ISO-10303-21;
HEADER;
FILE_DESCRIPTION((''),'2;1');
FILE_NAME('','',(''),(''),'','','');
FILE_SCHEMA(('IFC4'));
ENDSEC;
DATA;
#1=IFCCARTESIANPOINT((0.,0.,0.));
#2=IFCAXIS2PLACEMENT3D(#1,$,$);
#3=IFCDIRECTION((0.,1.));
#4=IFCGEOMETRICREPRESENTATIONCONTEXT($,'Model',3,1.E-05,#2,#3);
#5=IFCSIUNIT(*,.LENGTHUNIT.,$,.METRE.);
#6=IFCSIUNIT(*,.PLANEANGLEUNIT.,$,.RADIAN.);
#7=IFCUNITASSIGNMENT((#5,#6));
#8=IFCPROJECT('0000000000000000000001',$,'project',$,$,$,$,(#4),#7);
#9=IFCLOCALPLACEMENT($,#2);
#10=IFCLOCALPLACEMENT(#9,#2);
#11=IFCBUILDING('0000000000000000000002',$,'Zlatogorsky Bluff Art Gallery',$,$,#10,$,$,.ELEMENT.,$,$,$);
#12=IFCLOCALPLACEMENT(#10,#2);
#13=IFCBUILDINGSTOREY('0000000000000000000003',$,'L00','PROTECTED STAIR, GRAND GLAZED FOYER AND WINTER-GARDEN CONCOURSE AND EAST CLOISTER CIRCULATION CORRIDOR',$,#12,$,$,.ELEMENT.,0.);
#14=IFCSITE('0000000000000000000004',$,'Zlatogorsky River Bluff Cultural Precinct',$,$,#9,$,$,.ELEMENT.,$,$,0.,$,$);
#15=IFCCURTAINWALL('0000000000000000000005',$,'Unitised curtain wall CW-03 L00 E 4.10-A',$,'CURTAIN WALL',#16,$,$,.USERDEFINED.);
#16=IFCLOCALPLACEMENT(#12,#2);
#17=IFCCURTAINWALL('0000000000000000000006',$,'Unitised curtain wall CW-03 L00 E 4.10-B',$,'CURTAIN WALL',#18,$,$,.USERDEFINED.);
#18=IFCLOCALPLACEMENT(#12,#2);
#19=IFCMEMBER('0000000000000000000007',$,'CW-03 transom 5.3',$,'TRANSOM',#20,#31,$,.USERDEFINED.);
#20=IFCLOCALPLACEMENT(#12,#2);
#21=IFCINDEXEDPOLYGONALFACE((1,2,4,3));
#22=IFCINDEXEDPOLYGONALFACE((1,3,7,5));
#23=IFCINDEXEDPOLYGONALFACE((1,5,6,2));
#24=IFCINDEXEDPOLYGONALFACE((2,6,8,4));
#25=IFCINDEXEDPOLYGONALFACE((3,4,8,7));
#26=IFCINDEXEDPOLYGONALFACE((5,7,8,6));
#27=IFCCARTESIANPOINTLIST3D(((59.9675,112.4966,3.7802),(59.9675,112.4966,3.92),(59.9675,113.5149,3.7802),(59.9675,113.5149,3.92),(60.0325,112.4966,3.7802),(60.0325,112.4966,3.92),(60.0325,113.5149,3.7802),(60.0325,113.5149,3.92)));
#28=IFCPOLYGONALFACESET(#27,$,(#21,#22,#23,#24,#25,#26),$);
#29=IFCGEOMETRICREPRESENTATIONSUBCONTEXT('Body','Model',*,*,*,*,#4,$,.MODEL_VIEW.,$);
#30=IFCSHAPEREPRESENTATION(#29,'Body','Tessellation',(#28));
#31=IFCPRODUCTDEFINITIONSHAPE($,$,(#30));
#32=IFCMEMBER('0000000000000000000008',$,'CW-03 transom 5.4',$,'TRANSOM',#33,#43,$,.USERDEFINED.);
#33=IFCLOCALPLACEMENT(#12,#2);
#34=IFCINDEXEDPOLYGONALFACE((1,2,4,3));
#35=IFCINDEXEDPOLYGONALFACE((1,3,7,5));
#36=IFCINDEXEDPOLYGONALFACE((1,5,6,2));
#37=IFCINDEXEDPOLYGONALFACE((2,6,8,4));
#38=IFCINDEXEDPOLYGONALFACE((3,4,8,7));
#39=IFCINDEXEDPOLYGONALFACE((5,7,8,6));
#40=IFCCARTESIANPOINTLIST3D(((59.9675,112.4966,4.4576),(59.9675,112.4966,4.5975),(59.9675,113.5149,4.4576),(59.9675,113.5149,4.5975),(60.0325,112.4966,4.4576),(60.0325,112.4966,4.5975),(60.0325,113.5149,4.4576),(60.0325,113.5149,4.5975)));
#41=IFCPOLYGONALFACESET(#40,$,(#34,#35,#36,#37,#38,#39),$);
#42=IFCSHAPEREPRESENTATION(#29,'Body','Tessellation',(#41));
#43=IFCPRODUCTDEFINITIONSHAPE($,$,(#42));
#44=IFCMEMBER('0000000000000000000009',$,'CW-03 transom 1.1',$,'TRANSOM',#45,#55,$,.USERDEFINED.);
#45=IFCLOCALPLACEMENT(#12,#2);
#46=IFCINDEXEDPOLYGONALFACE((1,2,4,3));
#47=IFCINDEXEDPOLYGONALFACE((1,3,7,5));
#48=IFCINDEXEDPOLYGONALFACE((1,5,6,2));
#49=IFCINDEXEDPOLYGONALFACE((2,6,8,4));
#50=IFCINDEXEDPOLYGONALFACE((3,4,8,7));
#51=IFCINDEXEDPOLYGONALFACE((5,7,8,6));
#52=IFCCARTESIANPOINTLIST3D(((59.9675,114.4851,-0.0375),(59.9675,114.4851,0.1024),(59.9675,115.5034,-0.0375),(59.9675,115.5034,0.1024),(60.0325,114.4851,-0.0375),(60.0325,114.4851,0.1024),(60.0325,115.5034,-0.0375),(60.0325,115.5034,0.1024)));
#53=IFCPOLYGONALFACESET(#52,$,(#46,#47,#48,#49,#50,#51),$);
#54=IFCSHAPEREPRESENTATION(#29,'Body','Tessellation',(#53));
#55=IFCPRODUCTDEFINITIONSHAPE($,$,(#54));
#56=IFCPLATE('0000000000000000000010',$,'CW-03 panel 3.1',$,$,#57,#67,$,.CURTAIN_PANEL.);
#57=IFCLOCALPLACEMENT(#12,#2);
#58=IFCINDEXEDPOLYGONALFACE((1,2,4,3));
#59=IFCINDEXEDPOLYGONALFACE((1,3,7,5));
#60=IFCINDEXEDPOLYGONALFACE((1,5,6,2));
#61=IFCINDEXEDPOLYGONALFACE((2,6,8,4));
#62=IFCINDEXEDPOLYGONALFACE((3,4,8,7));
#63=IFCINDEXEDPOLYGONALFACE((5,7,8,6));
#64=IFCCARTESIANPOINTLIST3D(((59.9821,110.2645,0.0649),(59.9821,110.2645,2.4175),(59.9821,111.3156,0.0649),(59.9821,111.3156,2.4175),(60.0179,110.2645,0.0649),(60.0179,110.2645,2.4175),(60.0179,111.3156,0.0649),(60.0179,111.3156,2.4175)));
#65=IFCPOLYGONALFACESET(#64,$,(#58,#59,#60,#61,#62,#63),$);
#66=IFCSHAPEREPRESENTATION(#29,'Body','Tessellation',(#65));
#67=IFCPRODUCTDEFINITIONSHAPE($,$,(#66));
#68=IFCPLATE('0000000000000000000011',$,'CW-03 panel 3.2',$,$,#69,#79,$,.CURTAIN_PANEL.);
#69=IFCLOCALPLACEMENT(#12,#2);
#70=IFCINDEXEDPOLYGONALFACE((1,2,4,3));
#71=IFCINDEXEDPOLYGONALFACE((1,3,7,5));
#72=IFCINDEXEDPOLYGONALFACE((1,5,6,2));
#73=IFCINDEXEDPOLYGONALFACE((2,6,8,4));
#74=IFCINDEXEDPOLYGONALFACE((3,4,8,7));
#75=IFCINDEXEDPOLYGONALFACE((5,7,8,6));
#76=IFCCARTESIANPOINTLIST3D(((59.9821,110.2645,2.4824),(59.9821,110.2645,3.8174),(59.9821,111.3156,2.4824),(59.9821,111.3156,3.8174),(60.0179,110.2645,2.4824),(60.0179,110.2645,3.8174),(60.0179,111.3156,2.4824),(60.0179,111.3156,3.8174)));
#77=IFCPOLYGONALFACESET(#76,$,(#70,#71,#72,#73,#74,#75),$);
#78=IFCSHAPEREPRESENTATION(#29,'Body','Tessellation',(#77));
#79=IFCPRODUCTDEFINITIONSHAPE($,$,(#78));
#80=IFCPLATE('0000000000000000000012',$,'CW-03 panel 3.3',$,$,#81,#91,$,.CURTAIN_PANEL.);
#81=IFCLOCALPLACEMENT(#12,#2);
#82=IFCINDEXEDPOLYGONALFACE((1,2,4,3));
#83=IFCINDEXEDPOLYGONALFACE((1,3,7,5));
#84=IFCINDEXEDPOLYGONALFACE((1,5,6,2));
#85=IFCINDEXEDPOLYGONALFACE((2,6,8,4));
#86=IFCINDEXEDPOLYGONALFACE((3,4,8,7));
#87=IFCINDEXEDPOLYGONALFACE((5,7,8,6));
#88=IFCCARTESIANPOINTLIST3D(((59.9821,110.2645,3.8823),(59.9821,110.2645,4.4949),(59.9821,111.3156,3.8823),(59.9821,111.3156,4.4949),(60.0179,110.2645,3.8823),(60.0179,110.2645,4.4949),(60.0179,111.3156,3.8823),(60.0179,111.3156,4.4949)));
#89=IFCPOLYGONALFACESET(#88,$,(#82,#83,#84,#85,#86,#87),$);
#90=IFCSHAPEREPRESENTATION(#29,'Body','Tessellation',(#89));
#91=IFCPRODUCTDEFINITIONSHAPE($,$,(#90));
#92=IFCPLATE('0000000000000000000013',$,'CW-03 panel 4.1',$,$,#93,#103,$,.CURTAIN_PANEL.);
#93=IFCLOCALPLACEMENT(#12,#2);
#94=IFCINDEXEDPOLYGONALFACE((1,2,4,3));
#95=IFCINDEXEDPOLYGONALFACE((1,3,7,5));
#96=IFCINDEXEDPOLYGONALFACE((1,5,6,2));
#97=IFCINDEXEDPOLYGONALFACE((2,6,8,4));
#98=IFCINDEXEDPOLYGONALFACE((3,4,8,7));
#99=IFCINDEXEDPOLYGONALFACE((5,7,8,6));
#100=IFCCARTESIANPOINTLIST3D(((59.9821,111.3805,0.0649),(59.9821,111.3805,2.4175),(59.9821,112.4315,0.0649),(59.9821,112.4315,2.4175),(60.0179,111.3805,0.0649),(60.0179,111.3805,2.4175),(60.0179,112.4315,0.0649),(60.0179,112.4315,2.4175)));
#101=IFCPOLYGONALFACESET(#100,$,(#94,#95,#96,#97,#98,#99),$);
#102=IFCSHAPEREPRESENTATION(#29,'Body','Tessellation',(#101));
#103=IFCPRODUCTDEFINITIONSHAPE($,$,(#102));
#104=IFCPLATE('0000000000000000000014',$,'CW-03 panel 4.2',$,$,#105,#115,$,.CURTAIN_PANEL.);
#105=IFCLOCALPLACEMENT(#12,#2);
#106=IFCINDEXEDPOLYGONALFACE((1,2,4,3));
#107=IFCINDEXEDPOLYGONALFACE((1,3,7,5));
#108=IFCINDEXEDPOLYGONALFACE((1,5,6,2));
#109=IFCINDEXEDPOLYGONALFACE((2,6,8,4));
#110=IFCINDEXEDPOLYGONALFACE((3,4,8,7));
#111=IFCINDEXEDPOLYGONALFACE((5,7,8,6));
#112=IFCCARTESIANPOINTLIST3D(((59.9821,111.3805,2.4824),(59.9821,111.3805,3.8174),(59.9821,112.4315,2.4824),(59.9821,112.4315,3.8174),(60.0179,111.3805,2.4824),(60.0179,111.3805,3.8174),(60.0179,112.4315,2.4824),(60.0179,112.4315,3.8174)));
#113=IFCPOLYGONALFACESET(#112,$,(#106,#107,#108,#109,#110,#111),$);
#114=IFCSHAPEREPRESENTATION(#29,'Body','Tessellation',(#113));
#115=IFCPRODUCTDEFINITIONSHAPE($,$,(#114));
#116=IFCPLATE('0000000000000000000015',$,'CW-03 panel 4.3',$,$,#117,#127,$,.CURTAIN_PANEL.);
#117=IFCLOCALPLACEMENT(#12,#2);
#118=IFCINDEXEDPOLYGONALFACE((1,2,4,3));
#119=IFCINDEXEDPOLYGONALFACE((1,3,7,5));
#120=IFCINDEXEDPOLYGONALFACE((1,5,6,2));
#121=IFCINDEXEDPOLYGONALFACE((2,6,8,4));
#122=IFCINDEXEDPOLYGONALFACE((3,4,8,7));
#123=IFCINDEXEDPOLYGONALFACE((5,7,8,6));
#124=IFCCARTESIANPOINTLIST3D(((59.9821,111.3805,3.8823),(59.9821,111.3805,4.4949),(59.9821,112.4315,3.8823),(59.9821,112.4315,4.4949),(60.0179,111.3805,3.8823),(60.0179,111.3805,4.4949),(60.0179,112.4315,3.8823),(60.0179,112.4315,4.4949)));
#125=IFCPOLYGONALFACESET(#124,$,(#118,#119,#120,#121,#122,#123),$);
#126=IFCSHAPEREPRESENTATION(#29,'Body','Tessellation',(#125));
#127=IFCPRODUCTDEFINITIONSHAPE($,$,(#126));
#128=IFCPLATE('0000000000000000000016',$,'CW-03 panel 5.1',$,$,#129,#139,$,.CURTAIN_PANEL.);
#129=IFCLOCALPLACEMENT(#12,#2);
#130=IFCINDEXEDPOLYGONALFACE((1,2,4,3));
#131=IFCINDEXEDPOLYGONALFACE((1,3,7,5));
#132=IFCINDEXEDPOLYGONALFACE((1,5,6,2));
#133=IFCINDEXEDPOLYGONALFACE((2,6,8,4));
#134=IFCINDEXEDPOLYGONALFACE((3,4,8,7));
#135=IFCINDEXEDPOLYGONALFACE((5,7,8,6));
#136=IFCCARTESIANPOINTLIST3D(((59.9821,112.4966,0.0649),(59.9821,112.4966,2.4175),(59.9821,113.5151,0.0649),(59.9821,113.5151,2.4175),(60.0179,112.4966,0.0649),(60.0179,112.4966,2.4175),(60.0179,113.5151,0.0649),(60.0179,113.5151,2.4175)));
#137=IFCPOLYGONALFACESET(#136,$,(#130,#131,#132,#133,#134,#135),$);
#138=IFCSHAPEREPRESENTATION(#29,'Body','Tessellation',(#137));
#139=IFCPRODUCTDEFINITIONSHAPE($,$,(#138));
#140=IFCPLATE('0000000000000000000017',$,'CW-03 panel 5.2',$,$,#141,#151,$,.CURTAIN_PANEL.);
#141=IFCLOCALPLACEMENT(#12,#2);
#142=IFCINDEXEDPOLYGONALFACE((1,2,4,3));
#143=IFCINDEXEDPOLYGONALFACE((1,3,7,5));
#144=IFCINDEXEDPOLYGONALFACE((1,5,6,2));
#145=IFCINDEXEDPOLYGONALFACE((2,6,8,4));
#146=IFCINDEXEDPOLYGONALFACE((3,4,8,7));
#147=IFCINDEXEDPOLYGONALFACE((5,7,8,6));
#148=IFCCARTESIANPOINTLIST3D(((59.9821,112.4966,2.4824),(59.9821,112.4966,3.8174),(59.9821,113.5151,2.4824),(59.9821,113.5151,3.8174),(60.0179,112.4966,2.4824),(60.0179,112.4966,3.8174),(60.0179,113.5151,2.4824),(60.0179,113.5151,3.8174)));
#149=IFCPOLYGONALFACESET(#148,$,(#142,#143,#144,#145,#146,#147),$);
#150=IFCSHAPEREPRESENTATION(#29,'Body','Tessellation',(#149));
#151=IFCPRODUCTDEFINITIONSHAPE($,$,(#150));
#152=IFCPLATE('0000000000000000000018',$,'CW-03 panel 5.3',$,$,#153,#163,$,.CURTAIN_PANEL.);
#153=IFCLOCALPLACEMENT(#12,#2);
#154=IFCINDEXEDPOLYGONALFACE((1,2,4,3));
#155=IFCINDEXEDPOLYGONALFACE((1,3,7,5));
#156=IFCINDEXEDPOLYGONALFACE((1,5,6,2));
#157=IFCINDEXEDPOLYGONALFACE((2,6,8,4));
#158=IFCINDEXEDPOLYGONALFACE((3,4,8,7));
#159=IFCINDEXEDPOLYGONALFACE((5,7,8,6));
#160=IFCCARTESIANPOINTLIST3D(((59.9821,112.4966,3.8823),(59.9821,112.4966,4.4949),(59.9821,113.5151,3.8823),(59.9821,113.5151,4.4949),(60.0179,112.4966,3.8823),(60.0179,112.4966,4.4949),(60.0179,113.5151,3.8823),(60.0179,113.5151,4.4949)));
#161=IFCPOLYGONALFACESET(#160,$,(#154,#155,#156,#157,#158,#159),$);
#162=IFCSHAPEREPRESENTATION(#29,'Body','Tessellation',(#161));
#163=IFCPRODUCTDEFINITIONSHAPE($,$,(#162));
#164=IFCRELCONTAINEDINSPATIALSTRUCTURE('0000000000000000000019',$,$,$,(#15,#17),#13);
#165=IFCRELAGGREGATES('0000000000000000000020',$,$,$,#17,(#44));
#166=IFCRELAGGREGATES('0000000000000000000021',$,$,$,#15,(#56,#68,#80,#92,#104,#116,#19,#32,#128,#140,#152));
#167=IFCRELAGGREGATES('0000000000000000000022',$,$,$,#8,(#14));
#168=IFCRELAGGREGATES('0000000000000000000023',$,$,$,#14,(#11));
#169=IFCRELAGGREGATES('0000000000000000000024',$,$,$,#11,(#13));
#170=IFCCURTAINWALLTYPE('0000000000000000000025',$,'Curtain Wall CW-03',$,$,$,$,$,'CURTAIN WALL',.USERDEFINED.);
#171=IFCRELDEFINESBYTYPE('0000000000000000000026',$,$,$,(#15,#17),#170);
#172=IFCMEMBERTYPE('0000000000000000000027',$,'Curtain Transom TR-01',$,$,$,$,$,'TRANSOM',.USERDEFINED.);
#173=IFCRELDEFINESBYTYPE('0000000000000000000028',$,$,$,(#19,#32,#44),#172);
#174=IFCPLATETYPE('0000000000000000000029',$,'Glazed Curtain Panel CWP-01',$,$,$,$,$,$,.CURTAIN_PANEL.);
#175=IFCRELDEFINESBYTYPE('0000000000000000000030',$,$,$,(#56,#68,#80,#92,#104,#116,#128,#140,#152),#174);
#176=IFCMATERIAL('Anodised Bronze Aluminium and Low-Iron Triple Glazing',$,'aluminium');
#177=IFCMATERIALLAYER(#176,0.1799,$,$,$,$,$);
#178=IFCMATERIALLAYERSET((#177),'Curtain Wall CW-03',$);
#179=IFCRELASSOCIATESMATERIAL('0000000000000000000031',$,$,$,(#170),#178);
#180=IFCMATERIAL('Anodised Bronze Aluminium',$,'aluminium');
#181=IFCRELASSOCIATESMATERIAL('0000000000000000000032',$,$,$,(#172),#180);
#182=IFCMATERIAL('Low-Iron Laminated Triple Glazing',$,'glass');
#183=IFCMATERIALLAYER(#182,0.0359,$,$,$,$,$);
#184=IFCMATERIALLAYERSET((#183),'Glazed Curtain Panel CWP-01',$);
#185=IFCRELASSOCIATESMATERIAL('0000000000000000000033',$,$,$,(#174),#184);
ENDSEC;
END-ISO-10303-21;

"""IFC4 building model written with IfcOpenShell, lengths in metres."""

from ifc_helpers import new_model, si_unit, direction, frame, origin, origin_2d, place, context, subcontext, project, spatial, rectangle, extrude, material, layer, layer_set, material_profile, profile_set, type_object, element, aggregate, save


model = new_model("IFC4")

# Units and contexts
model_context = context("Model", 3, precision=1e-05, world=origin(), true_north=direction((0.0, 1.0)))
body_context = subcontext(model_context, "Body", "Model", "MODEL_VIEW")
ifc_project = project(units=[si_unit("LENGTHUNIT", "METRE"), si_unit("PLANEANGLEUNIT", "RADIAN")], contexts=[model_context])

# Site, building, storey
site_placement = place(None, origin())
site = spatial("IfcSite", under=ifc_project, at=site_placement, Name="Zlatogorsky River Bluff Cultural Precinct", CompositionType="ELEMENT", RefElevation=0.0)
building_placement = place(site_placement, origin())
building = spatial("IfcBuilding", under=site, at=building_placement, Name="Zlatogorsky Bluff Art Gallery", CompositionType="ELEMENT")
storey_placement = place(building_placement, origin())
storey = spatial("IfcBuildingStorey", under=building, at=storey_placement, Name="L00", Description="PROTECTED STAIR, GRAND GLAZED FOYER AND WINTER-GARDEN CONCOURSE AND EAST CLOISTER CIRCULATION CORRIDOR", CompositionType="ELEMENT", Elevation=0.0)

# Curtain wall
ifc_material_1 = material(Name="Anodised Bronze Aluminium and Low-Iron Triple Glazing", Category="aluminium")
ifc_layer_1 = layer(ifc_material_1, 0.1799)
ifc_layer_set_1 = layer_set([ifc_layer_1], Name="Curtain Wall CW-03")
curtain_wall_type = type_object("IfcCurtainWallType", Name="Curtain Wall CW-03", ElementType="CURTAIN WALL", PredefinedType="USERDEFINED", material=ifc_layer_set_1)
curtain_wall_1_placement = place(storey_placement, origin())
curtain_wall_1 = element("IfcCurtainWall", 1, at=curtain_wall_1_placement, inside=storey, type_object=curtain_wall_type, Name="Unitised curtain wall CW-03 L00 E 4.10-A", ObjectType="CURTAIN WALL", PredefinedType="USERDEFINED")
ifc_material_2 = material(Name="Anodised Bronze Aluminium", Category="aluminium")

# Curtain wall
curtain_wall_2_placement = place(storey_placement, origin())
curtain_wall_2 = element("IfcCurtainWall", 2, at=curtain_wall_2_placement, inside=storey, type_object=curtain_wall_type, Name="Unitised curtain wall CW-03 L00 E 4.10-B", ObjectType="CURTAIN WALL", PredefinedType="USERDEFINED")

# Members
ifc_material_profile_1 = material_profile(ifc_material_2, rectangle(XDim=0.0649, YDim=0.1399, at=origin_2d()), Name="ALU TRANSOM 65x140")
ifc_profile_set_1 = profile_set([ifc_material_profile_1], Name="Anodised Bronze Aluminium")
member_type_1 = type_object("IfcMemberType", Name="Curtain Transom TR-01", ElementType="TRANSOM", PredefinedType="USERDEFINED", material=ifc_profile_set_1)
member_1_placement = place(storey_placement, frame((60.0, 112.4966, 3.8501), z_axis=(0.0, 1.0, 0.0), x_axis=(-1.0, 0.0, 0.0)))
member_1 = element("IfcMember", 3, at=member_1_placement, type_object=member_type_1, Name="CW-03 transom 5.3", ObjectType="TRANSOM", PredefinedType="USERDEFINED", context=body_context, shape_type="SweptSolid", body=[
    extrude(rectangle(XDim=0.0649, YDim=0.1399, at=origin_2d()), origin(), (0.0, 0.0, 1.0), 1.0183),
])
member_2_placement = place(storey_placement, frame((60.0, 112.4966, 4.5276), z_axis=(0.0, 1.0, 0.0), x_axis=(-1.0, 0.0, 0.0)))
member_2 = element("IfcMember", 4, at=member_2_placement, type_object=member_type_1, Name="CW-03 transom 5.4", ObjectType="TRANSOM", PredefinedType="USERDEFINED", context=body_context, shape_type="SweptSolid", body=[
    extrude(rectangle(XDim=0.0649, YDim=0.1399, at=origin_2d()), origin(), (0.0, 0.0, 1.0), 1.0183),
])
member_3_placement = place(storey_placement, frame((60.0, 114.4851, 0.0325), z_axis=(0.0, 1.0, 0.0), x_axis=(-1.0, 0.0, 0.0)))
member_3 = element("IfcMember", 5, at=member_3_placement, type_object=member_type_1, Name="CW-03 transom 1.1", ObjectType="TRANSOM", PredefinedType="USERDEFINED", context=body_context, shape_type="SweptSolid", body=[
    extrude(rectangle(XDim=0.0649, YDim=0.1399, at=origin_2d()), origin(), (0.0, 0.0, 1.0), 1.0183),
])
aggregate(curtain_wall_2, [member_3])

# Plates
ifc_material_3 = material(Name="Low-Iron Laminated Triple Glazing", Category="glass")
ifc_layer_2 = layer(ifc_material_3, 0.0359)
ifc_layer_set_2 = layer_set([ifc_layer_2], Name="Glazed Curtain Panel CWP-01")
plate_type = type_object("IfcPlateType", Name="Glazed Curtain Panel CWP-01", PredefinedType="CURTAIN_PANEL", material=ifc_layer_set_2)
plate_1_placement = place(storey_placement, frame((60.0, 110.79, 0.0649), z_axis=(0.0, 0.0, 1.0), x_axis=(0.0, 1.0, 0.0)))
plate_1 = element("IfcPlate", 6, at=plate_1_placement, type_object=plate_type, Name="CW-03 panel 3.1", PredefinedType="CURTAIN_PANEL", context=body_context, shape_type="SweptSolid", body=[
    extrude(rectangle(XDim=1.051, YDim=0.0359, at=origin_2d()), origin(), (0.0, 0.0, 1.0), 2.3525),
])
plate_2_placement = place(storey_placement, frame((60.0, 110.79, 2.4824), z_axis=(0.0, 0.0, 1.0), x_axis=(0.0, 1.0, 0.0)))
plate_2 = element("IfcPlate", 7, at=plate_2_placement, type_object=plate_type, Name="CW-03 panel 3.2", PredefinedType="CURTAIN_PANEL", context=body_context, shape_type="SweptSolid", body=[
    extrude(rectangle(XDim=1.051, YDim=0.0359, at=origin_2d()), origin(), (0.0, 0.0, 1.0), 1.335),
])
plate_3_placement = place(storey_placement, frame((60.0, 110.79, 3.8823), z_axis=(0.0, 0.0, 1.0), x_axis=(0.0, 1.0, 0.0)))
plate_3 = element("IfcPlate", 8, at=plate_3_placement, type_object=plate_type, Name="CW-03 panel 3.3", PredefinedType="CURTAIN_PANEL", context=body_context, shape_type="SweptSolid", body=[
    extrude(rectangle(XDim=1.051, YDim=0.0359, at=origin_2d()), origin(), (0.0, 0.0, 1.0), 0.6125),
])
plate_4_placement = place(storey_placement, frame((60.0, 111.906, 0.0649), z_axis=(0.0, 0.0, 1.0), x_axis=(0.0, 1.0, 0.0)))
plate_4 = element("IfcPlate", 9, at=plate_4_placement, type_object=plate_type, Name="CW-03 panel 4.1", PredefinedType="CURTAIN_PANEL", context=body_context, shape_type="SweptSolid", body=[
    extrude(rectangle(XDim=1.051, YDim=0.0359, at=origin_2d()), origin(), (0.0, 0.0, 1.0), 2.3525),
])
plate_5_placement = place(storey_placement, frame((60.0, 111.906, 2.4824), z_axis=(0.0, 0.0, 1.0), x_axis=(0.0, 1.0, 0.0)))
plate_5 = element("IfcPlate", 10, at=plate_5_placement, type_object=plate_type, Name="CW-03 panel 4.2", PredefinedType="CURTAIN_PANEL", context=body_context, shape_type="SweptSolid", body=[
    extrude(rectangle(XDim=1.051, YDim=0.0359, at=origin_2d()), origin(), (0.0, 0.0, 1.0), 1.335),
])
plate_6_placement = place(storey_placement, frame((60.0, 111.906, 3.8823), z_axis=(0.0, 0.0, 1.0), x_axis=(0.0, 1.0, 0.0)))
plate_6 = element("IfcPlate", 11, at=plate_6_placement, type_object=plate_type, Name="CW-03 panel 4.3", PredefinedType="CURTAIN_PANEL", context=body_context, shape_type="SweptSolid", body=[
    extrude(rectangle(XDim=1.051, YDim=0.0359, at=origin_2d()), origin(), (0.0, 0.0, 1.0), 0.6125),
])
plate_7_placement = place(storey_placement, frame((60.0, 113.0059, 0.0649), z_axis=(0.0, 0.0, 1.0), x_axis=(0.0, 1.0, 0.0)))
plate_7 = element("IfcPlate", 12, at=plate_7_placement, type_object=plate_type, Name="CW-03 panel 5.1", PredefinedType="CURTAIN_PANEL", context=body_context, shape_type="SweptSolid", body=[
    extrude(rectangle(XDim=1.0186, YDim=0.0359, at=origin_2d()), origin(), (0.0, 0.0, 1.0), 2.3525),
])
plate_8_placement = place(storey_placement, frame((60.0, 113.0059, 2.4824), z_axis=(0.0, 0.0, 1.0), x_axis=(0.0, 1.0, 0.0)))
plate_8 = element("IfcPlate", 13, at=plate_8_placement, type_object=plate_type, Name="CW-03 panel 5.2", PredefinedType="CURTAIN_PANEL", context=body_context, shape_type="SweptSolid", body=[
    extrude(rectangle(XDim=1.0186, YDim=0.0359, at=origin_2d()), origin(), (0.0, 0.0, 1.0), 1.335),
])
plate_9_placement = place(storey_placement, frame((60.0, 113.0059, 3.8823), z_axis=(0.0, 0.0, 1.0), x_axis=(0.0, 1.0, 0.0)))
plate_9 = element("IfcPlate", 14, at=plate_9_placement, type_object=plate_type, Name="CW-03 panel 5.3", PredefinedType="CURTAIN_PANEL", context=body_context, shape_type="SweptSolid", body=[
    extrude(rectangle(XDim=1.0186, YDim=0.0359, at=origin_2d()), origin(), (0.0, 0.0, 1.0), 0.6125),
])
aggregate(curtain_wall_1, [plate_1, plate_2, plate_3, plate_4, plate_5, plate_6, member_1, member_2, plate_7, plate_8, plate_9])

save(model, "model.ifc")
